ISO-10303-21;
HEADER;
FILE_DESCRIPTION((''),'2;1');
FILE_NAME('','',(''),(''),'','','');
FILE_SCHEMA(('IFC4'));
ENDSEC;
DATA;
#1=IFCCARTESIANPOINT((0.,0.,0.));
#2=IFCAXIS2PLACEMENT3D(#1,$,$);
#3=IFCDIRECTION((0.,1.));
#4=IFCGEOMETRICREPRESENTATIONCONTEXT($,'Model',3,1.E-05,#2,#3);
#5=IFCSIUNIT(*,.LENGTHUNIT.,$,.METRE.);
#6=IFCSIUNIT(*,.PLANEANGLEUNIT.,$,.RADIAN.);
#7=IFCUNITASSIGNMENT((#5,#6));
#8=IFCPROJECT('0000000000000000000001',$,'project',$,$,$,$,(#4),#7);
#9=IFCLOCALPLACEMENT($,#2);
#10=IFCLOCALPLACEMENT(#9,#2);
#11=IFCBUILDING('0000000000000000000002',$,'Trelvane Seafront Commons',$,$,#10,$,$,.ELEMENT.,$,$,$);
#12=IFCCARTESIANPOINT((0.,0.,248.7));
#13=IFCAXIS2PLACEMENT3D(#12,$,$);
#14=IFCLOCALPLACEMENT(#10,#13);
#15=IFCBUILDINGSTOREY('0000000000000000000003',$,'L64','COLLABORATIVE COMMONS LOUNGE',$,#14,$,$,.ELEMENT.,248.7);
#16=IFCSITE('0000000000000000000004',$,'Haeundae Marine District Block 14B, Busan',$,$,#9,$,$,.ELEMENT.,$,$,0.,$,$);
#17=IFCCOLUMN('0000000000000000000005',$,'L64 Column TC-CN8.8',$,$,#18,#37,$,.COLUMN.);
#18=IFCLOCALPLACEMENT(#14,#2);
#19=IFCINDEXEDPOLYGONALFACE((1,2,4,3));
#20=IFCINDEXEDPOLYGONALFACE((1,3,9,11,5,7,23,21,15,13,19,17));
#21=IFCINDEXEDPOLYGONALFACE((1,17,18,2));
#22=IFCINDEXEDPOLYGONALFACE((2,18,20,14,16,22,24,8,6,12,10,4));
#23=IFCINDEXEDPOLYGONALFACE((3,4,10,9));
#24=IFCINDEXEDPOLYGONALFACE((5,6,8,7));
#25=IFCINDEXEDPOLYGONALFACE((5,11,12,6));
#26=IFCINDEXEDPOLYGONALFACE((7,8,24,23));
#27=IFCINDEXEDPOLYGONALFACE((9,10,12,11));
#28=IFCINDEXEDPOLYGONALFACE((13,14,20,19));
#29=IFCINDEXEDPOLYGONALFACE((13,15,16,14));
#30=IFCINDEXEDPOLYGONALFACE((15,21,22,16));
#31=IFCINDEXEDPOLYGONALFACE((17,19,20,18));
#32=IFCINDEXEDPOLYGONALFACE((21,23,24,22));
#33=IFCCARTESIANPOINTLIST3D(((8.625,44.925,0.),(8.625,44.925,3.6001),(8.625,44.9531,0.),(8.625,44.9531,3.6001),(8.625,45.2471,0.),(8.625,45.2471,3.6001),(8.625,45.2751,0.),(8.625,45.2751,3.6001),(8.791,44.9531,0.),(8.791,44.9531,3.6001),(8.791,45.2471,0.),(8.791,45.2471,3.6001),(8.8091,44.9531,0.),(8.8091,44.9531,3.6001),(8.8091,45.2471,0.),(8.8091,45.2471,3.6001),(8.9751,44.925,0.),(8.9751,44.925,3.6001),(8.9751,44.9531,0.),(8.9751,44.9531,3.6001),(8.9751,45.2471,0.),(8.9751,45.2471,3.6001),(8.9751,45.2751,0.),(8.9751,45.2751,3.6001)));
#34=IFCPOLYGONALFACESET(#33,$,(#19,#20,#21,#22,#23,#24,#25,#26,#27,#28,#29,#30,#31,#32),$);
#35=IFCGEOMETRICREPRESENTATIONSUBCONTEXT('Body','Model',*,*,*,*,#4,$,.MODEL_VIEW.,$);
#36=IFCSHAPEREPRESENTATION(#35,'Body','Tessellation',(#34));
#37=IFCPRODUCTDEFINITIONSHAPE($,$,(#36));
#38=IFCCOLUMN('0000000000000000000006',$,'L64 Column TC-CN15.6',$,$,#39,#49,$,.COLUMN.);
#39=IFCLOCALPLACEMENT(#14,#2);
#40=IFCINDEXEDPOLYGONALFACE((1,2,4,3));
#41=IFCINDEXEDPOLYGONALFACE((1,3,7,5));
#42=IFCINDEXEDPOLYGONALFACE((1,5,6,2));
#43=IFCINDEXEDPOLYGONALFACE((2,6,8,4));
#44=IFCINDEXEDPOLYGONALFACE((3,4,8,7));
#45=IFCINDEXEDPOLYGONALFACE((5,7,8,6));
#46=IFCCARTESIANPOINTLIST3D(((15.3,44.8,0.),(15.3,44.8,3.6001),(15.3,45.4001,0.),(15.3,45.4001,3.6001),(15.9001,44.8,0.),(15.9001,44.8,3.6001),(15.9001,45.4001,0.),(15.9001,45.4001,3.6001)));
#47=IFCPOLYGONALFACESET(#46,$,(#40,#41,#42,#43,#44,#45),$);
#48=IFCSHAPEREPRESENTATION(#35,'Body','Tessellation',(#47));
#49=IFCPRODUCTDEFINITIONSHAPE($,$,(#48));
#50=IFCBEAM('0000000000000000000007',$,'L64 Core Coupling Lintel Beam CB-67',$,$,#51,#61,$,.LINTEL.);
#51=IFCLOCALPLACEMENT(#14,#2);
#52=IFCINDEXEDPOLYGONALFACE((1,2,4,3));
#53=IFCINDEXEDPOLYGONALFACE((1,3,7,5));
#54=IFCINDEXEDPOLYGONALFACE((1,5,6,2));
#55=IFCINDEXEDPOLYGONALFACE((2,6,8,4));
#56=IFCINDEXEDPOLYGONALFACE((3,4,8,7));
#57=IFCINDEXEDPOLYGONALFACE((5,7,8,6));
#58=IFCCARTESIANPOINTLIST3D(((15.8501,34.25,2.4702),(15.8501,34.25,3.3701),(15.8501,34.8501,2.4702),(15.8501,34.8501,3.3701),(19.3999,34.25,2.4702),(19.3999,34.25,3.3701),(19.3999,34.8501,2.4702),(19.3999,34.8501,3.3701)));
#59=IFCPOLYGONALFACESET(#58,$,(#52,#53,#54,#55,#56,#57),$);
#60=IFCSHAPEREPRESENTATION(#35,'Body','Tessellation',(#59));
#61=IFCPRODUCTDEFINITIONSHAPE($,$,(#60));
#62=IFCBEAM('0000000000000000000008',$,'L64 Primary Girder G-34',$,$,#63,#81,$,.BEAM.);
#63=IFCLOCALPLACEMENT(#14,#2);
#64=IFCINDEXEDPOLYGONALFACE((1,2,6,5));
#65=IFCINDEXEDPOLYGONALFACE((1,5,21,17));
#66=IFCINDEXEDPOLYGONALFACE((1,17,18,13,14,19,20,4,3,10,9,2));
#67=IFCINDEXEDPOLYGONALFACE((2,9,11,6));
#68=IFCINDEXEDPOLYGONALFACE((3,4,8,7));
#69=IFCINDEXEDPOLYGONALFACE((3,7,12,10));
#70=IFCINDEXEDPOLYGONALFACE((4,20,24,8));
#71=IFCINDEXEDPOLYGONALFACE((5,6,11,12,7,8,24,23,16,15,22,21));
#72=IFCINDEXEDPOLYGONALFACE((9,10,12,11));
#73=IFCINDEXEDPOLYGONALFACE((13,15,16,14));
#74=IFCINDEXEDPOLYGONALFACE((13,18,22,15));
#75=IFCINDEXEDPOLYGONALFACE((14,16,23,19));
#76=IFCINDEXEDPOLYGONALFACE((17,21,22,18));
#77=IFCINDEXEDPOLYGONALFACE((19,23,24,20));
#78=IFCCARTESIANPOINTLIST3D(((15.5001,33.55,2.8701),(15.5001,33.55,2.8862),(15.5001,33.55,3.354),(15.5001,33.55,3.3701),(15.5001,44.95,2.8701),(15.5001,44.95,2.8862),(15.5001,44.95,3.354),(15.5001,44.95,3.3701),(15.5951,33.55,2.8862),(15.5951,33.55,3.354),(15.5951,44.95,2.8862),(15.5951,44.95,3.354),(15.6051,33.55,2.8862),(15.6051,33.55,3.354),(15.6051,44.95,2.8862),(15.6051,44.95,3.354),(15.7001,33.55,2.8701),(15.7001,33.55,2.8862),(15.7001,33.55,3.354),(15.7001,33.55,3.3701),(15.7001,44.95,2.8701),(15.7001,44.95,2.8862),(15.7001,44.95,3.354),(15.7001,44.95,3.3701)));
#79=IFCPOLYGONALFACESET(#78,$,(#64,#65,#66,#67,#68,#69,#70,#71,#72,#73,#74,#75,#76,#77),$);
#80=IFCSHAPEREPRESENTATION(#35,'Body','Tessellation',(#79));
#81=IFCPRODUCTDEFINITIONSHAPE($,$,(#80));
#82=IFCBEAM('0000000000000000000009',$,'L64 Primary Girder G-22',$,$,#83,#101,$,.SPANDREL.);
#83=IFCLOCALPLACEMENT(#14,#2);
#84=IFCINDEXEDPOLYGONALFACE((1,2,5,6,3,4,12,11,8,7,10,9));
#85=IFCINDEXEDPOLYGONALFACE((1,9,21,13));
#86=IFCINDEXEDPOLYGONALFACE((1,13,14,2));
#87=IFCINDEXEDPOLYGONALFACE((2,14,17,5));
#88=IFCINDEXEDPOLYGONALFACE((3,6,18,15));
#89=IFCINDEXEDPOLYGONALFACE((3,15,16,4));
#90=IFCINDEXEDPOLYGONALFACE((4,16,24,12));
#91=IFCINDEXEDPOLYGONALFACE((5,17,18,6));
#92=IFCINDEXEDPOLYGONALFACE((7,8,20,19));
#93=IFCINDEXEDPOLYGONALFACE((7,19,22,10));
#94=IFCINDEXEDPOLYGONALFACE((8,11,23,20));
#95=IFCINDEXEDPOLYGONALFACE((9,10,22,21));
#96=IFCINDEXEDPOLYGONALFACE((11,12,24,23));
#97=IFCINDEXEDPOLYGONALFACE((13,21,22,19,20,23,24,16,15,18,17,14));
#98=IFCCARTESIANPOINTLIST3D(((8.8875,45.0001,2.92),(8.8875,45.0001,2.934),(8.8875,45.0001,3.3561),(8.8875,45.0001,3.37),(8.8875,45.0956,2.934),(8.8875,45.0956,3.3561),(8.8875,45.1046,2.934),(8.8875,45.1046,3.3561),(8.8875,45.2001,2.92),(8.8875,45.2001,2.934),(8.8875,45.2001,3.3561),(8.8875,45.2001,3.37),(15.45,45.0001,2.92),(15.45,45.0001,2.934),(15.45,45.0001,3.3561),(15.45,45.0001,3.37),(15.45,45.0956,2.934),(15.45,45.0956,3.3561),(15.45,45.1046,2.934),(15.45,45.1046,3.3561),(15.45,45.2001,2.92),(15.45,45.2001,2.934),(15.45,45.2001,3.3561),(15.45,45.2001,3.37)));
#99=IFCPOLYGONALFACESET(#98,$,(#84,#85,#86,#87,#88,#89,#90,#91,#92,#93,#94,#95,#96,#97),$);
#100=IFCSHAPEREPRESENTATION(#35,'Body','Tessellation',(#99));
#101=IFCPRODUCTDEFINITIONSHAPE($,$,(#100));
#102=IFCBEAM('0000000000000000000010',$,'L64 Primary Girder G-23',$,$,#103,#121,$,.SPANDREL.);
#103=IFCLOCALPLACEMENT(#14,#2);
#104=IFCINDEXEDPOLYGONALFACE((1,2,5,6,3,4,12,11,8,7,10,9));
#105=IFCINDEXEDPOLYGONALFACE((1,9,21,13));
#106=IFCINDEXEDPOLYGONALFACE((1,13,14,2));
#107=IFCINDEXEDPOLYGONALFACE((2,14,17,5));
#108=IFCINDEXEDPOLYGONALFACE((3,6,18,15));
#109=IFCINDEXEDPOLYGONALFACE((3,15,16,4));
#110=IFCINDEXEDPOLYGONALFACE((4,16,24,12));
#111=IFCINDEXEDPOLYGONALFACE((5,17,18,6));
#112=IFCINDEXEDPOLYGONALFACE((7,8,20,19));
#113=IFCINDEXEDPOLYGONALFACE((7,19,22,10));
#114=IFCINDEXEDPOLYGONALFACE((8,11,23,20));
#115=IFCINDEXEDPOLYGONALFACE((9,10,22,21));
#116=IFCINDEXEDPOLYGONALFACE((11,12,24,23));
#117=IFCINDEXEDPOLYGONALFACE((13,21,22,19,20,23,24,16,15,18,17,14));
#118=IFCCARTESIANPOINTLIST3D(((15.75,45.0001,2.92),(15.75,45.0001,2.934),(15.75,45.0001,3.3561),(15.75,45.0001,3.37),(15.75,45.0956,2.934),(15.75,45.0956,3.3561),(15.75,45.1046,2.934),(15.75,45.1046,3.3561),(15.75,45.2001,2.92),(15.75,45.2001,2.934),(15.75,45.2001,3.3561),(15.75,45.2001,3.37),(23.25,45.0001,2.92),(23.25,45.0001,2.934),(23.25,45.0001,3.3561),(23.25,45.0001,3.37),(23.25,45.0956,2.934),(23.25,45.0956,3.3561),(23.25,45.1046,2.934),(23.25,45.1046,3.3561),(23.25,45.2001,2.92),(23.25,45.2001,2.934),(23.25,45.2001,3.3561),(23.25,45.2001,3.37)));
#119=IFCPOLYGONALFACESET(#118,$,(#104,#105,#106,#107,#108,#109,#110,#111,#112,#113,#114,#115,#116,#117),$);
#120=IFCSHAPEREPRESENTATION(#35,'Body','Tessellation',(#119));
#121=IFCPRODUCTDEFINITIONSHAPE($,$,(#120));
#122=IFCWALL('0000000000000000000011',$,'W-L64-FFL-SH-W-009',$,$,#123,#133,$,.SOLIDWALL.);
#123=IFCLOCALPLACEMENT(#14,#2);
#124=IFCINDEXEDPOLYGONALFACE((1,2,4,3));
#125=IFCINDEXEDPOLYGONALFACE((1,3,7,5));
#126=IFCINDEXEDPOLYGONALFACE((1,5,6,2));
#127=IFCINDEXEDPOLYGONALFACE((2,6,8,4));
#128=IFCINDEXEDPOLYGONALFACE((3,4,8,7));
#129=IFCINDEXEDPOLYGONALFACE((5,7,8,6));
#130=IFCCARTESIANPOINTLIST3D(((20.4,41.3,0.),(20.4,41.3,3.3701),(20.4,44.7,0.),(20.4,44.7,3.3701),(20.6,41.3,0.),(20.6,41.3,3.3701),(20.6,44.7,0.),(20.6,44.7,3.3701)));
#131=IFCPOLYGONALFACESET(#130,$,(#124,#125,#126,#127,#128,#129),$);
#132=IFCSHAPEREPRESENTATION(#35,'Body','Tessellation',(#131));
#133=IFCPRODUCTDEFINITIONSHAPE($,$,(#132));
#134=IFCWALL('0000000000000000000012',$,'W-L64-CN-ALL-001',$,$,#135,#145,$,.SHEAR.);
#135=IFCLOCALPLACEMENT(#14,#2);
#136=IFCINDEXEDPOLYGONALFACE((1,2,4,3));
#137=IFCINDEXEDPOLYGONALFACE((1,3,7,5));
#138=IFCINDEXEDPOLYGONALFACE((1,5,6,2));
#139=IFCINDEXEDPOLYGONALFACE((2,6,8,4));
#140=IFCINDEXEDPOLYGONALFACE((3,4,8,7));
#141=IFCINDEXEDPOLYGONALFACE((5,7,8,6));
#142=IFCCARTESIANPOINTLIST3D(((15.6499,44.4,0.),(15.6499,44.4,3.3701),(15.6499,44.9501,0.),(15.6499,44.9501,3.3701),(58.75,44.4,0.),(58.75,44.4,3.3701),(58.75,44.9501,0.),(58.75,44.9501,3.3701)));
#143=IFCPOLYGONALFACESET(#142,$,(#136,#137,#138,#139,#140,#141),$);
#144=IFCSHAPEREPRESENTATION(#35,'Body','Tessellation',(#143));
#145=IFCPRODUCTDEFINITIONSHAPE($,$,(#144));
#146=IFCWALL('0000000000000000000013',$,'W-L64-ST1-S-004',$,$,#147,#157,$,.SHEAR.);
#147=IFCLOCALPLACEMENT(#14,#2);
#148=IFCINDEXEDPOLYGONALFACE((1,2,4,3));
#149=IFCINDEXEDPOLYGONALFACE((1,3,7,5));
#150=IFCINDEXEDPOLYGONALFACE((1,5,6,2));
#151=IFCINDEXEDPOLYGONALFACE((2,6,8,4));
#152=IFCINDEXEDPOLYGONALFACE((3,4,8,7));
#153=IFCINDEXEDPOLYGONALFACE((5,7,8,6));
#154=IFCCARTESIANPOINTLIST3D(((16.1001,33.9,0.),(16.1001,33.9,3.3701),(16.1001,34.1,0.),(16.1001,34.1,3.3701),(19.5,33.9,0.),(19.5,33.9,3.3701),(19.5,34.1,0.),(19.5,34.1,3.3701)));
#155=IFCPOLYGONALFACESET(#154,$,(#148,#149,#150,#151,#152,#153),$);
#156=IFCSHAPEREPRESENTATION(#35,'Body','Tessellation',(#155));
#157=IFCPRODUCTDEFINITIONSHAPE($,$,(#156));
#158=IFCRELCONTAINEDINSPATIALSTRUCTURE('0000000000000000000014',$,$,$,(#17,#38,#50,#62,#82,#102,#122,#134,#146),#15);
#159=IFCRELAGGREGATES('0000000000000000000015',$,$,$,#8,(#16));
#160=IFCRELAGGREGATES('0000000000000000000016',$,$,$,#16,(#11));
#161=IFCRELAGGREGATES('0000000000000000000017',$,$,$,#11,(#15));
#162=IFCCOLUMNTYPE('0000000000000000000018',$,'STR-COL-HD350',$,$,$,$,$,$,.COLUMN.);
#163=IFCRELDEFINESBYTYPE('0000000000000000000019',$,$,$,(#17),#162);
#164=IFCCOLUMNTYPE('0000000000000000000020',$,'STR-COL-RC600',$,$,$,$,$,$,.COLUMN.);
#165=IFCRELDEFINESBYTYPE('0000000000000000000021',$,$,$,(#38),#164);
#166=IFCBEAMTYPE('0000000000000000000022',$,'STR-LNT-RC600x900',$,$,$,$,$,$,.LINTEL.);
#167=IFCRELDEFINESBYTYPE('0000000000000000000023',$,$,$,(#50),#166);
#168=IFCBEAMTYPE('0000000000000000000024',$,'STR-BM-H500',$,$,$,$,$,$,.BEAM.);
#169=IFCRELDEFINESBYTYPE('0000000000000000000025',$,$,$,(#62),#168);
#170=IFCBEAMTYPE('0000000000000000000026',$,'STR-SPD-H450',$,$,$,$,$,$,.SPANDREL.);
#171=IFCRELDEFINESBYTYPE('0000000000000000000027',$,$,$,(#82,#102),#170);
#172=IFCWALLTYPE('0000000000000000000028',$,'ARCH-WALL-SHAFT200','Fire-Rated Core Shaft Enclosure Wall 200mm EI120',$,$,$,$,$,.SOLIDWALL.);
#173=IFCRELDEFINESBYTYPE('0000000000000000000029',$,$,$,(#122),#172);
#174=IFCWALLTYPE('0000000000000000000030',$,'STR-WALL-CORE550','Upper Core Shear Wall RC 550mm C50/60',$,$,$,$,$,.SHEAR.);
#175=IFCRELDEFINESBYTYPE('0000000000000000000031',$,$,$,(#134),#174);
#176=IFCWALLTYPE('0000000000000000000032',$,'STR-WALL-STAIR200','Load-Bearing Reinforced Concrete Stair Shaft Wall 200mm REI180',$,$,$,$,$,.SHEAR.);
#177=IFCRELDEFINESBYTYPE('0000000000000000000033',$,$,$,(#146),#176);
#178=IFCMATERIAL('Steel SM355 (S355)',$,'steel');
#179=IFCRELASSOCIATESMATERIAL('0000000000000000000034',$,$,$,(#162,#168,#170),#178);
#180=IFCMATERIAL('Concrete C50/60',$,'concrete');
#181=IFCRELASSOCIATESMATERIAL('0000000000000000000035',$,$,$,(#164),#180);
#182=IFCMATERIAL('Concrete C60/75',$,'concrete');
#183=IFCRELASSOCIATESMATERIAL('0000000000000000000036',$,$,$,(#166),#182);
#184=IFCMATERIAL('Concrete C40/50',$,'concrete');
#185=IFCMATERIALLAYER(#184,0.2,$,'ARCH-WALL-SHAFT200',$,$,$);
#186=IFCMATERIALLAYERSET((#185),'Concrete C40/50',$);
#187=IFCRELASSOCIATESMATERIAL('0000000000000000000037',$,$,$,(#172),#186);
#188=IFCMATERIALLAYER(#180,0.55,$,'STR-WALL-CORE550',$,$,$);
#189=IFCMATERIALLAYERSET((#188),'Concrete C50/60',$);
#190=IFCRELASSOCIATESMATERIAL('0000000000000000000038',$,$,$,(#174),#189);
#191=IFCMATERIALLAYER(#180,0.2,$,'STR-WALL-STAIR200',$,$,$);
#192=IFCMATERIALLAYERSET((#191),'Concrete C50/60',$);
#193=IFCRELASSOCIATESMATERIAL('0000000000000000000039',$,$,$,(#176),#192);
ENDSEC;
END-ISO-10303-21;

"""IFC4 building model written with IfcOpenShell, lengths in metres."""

from ifc_helpers import new_model, si_unit, direction, frame, frame_2d, origin, origin_2d, place, context, subcontext, project, spatial, rectangle, i_section, extrude, source, transform, mapped, material, layer, layer_set, material_profile, profile_set, type_object, element, save


model = new_model("IFC4")

# Units and contexts
model_context = context("Model", 3, precision=1e-05, world=origin(), true_north=direction((0.0, 1.0)))
body_context = subcontext(model_context, "Body", "Model", "MODEL_VIEW")
ifc_project = project(units=[si_unit("LENGTHUNIT", "METRE"), si_unit("PLANEANGLEUNIT", "RADIAN")], contexts=[model_context])

# Site, building, storey
site_placement = place(None, origin())
site = spatial("IfcSite", under=ifc_project, at=site_placement, Name="Haeundae Marine District Block 14B, Busan", CompositionType="ELEMENT", RefElevation=0.0)
building_placement = place(site_placement, origin())
building = spatial("IfcBuilding", under=site, at=building_placement, Name="Trelvane Seafront Commons", CompositionType="ELEMENT")
storey_placement = place(building_placement, frame((0.0, 0.0, 248.7)))
storey = spatial("IfcBuildingStorey", under=building, at=storey_placement, Name="L64", Description="COLLABORATIVE COMMONS LOUNGE", CompositionType="ELEMENT", Elevation=248.7)

# Columns
ifc_material_1 = material(Name="Steel SM355 (S355)", Category="steel")
ifc_material_profile_1 = material_profile(ifc_material_1, i_section(OverallWidth=0.3501, OverallDepth=0.3501, WebThickness=0.0181, FlangeThickness=0.0281, at=origin_2d()), Name="HD-350x350x18x28")
ifc_profile_set_1 = profile_set([ifc_material_profile_1], Name="Steel SM355 (S355)")
column_type_1 = type_object("IfcColumnType", Name="STR-COL-HD350", PredefinedType="COLUMN", material=ifc_profile_set_1)
shared_shape_1 = source(origin(), body_context, "Body", "SweptSolid", [
    extrude(i_section(OverallWidth=0.3501, OverallDepth=0.3501, WebThickness=0.0181, FlangeThickness=0.0281, at=origin_2d()), origin(), (0.0, 0.0, 1.0), 3.6001),
])
column_1_placement = place(storey_placement, frame((8.8, 45.1001, 0.0), z_axis=(0.0, 0.0, 1.0), x_axis=(1.0, 0.0, 0.0)))
element("IfcColumn", 1, at=column_1_placement, inside=storey, type_object=column_type_1, Name="L64 Column TC-CN8.8", PredefinedType="COLUMN", context=body_context, shape_type="MappedRepresentation", body=[
    mapped(shared_shape_1, transform((0.0, 0.0, 0.0), x_axis=(1.0, 0.0, 0.0), y_axis=(0.0, 1.0, 0.0), z_axis=(0.0, 0.0, 1.0), scale=1.0)),
])
ifc_material_2 = material(Name="Concrete C50/60", Category="concrete")
ifc_material_profile_2 = material_profile(ifc_material_2, rectangle(XDim=0.6001, YDim=0.6001, at=origin_2d()), Name="RC-600x600")
ifc_profile_set_2 = profile_set([ifc_material_profile_2], Name="Concrete C50/60")
column_type_2 = type_object("IfcColumnType", Name="STR-COL-RC600", PredefinedType="COLUMN", material=ifc_profile_set_2)
shared_shape_2 = source(origin(), body_context, "Body", "SweptSolid", [
    extrude(rectangle(XDim=0.6001, YDim=0.6001, at=origin_2d()), origin(), (0.0, 0.0, 1.0), 3.6001),
])
column_2_placement = place(storey_placement, frame((15.6001, 45.1001, 0.0), z_axis=(0.0, 0.0, 1.0), x_axis=(1.0, 0.0, 0.0)))
element("IfcColumn", 2, at=column_2_placement, inside=storey, type_object=column_type_2, Name="L64 Column TC-CN15.6", PredefinedType="COLUMN", context=body_context, shape_type="MappedRepresentation", body=[
    mapped(shared_shape_2, transform((0.0, 0.0, 0.0), x_axis=(1.0, 0.0, 0.0), y_axis=(0.0, 1.0, 0.0), z_axis=(0.0, 0.0, 1.0), scale=1.0)),
])

# Beams
ifc_material_3 = material(Name="Concrete C60/75", Category="concrete")
ifc_material_profile_3 = material_profile(ifc_material_3, rectangle(XDim=0.6001, YDim=0.8999, at=origin_2d()), Name="RC-600x900")
ifc_profile_set_3 = profile_set([ifc_material_profile_3], Name="Concrete C60/75")
beam_type_1 = type_object("IfcBeamType", Name="STR-LNT-RC600x900", PredefinedType="LINTEL", material=ifc_profile_set_3)
shared_shape_3 = source(origin(), body_context, "Body", "SweptSolid", [
    extrude(rectangle(XDim=0.6001, YDim=0.8999, at=origin_2d()), origin(), (0.0, 0.0, 1.0), 3.5498),
])
beam_1_placement = place(storey_placement, frame((15.8501, 34.55, 2.9202), z_axis=(1.0, 0.0, 0.0), x_axis=(0.0, 1.0, 0.0)))
element("IfcBeam", 3, at=beam_1_placement, inside=storey, type_object=beam_type_1, Name="L64 Core Coupling Lintel Beam CB-67", PredefinedType="LINTEL", context=body_context, shape_type="MappedRepresentation", body=[
    mapped(shared_shape_3, transform((0.0, 0.0, 0.0), x_axis=(1.0, 0.0, 0.0), y_axis=(0.0, 1.0, 0.0), z_axis=(0.0, 0.0, 1.0), scale=1.0)),
])
ifc_material_profile_4 = material_profile(ifc_material_1, i_section(OverallWidth=0.2, OverallDepth=0.5, WebThickness=0.01, FlangeThickness=0.0161, at=origin_2d()), Name="H-500x200x10x16")
ifc_profile_set_4 = profile_set([ifc_material_profile_4], Name="Steel SM355 (S355)")
beam_type_2 = type_object("IfcBeamType", Name="STR-BM-H500", PredefinedType="BEAM", material=ifc_profile_set_4)
shared_shape_4 = source(origin(), body_context, "Body", "SweptSolid", [
    extrude(i_section(OverallWidth=0.2, OverallDepth=0.5, WebThickness=0.01, FlangeThickness=0.0161, at=origin_2d()), origin(), (0.0, 0.0, 1.0), 11.3999),
])
beam_2_placement = place(storey_placement, frame((15.6001, 33.55, 3.1201), z_axis=(0.0, 1.0, 0.0), x_axis=(-1.0, 0.0, 0.0)))
element("IfcBeam", 4, at=beam_2_placement, inside=storey, type_object=beam_type_2, Name="L64 Primary Girder G-34", PredefinedType="BEAM", context=body_context, shape_type="MappedRepresentation", body=[
    mapped(shared_shape_4, transform((0.0, 0.0, 0.0), x_axis=(1.0, 0.0, 0.0), y_axis=(0.0, 1.0, 0.0), z_axis=(0.0, 0.0, 1.0), scale=1.0)),
])
ifc_material_profile_5 = material_profile(ifc_material_1, i_section(OverallWidth=0.2, OverallDepth=0.45, WebThickness=0.009, FlangeThickness=0.0139, at=origin_2d()), Name="H-450x200x9x14")
ifc_profile_set_5 = profile_set([ifc_material_profile_5], Name="Steel SM355 (S355)")
beam_type_3 = type_object("IfcBeamType", Name="STR-SPD-H450", PredefinedType="SPANDREL", material=ifc_profile_set_5)
shared_shape_5 = source(origin(), body_context, "Body", "SweptSolid", [
    extrude(i_section(OverallWidth=0.2, OverallDepth=0.45, WebThickness=0.009, FlangeThickness=0.0139, at=origin_2d()), origin(), (0.0, 0.0, 1.0), 6.5625),
])
beam_3_placement = place(storey_placement, frame((8.8875, 45.1001, 3.145), z_axis=(1.0, 0.0, 0.0), x_axis=(0.0, 1.0, 0.0)))
element("IfcBeam", 5, at=beam_3_placement, inside=storey, type_object=beam_type_3, Name="L64 Primary Girder G-22", PredefinedType="SPANDREL", context=body_context, shape_type="MappedRepresentation", body=[
    mapped(shared_shape_5, transform((0.0, 0.0, 0.0), x_axis=(1.0, 0.0, 0.0), y_axis=(0.0, 1.0, 0.0), z_axis=(0.0, 0.0, 1.0), scale=1.0)),
])
shared_shape_6 = source(origin(), body_context, "Body", "SweptSolid", [
    extrude(i_section(OverallWidth=0.2, OverallDepth=0.45, WebThickness=0.009, FlangeThickness=0.0139, at=origin_2d()), origin(), (0.0, 0.0, 1.0), 7.5),
])
beam_4_placement = place(storey_placement, frame((15.75, 45.1001, 3.145), z_axis=(1.0, 0.0, 0.0), x_axis=(0.0, 1.0, 0.0)))
element("IfcBeam", 6, at=beam_4_placement, inside=storey, type_object=beam_type_3, Name="L64 Primary Girder G-23", PredefinedType="SPANDREL", context=body_context, shape_type="MappedRepresentation", body=[
    mapped(shared_shape_6, transform((0.0, 0.0, 0.0), x_axis=(1.0, 0.0, 0.0), y_axis=(0.0, 1.0, 0.0), z_axis=(0.0, 0.0, 1.0), scale=1.0)),
])

# Shared definitions
ifc_material_4 = material(Name="Concrete C40/50", Category="concrete")
ifc_layer_1 = layer(ifc_material_4, 0.2, Name="ARCH-WALL-SHAFT200")
ifc_layer_set_1 = layer_set([ifc_layer_1], Name="Concrete C40/50")
wall_type_1 = type_object("IfcWallType", Name="ARCH-WALL-SHAFT200", Description="Fire-Rated Core Shaft Enclosure Wall 200mm EI120", PredefinedType="SOLIDWALL", material=ifc_layer_set_1)

# Walls
wall_1_placement = place(storey_placement, frame((20.5, 41.3, 0.0), z_axis=(0.0, 0.0, 1.0), x_axis=(0.0, 1.0, 0.0)))
element("IfcWall", 7, at=wall_1_placement, inside=storey, type_object=wall_type_1, Name="W-L64-FFL-SH-W-009", PredefinedType="SOLIDWALL", context=body_context, shape_type="SweptSolid", body=[
    extrude(rectangle(XDim=3.3999, YDim=0.2, at=frame_2d((1.7, 0.0))), origin(), (0.0, 0.0, 1.0), 3.3701),
])
ifc_layer_2 = layer(ifc_material_2, 0.55, Name="STR-WALL-CORE550")
ifc_layer_set_2 = layer_set([ifc_layer_2], Name="Concrete C50/60")
wall_type_2 = type_object("IfcWallType", Name="STR-WALL-CORE550", Description="Upper Core Shear Wall RC 550mm C50/60", PredefinedType="SHEAR", material=ifc_layer_set_2)
wall_2_placement = place(storey_placement, frame((15.6499, 44.675, 0.0), z_axis=(0.0, 0.0, 1.0), x_axis=(1.0, 0.0, 0.0)))
element("IfcWall", 8, at=wall_2_placement, inside=storey, type_object=wall_type_2, Name="W-L64-CN-ALL-001", PredefinedType="SHEAR", context=body_context, shape_type="SweptSolid", body=[
    extrude(rectangle(XDim=43.1001, YDim=0.55, at=frame_2d((21.55, 0.0))), origin(), (0.0, 0.0, 1.0), 3.3701),
])
ifc_layer_3 = layer(ifc_material_2, 0.2, Name="STR-WALL-STAIR200")
ifc_layer_set_3 = layer_set([ifc_layer_3], Name="Concrete C50/60")
wall_type_3 = type_object("IfcWallType", Name="STR-WALL-STAIR200", Description="Load-Bearing Reinforced Concrete Stair Shaft Wall 200mm REI180", PredefinedType="SHEAR", material=ifc_layer_set_3)
wall_3_placement = place(storey_placement, frame((16.1001, 34.0, 0.0), z_axis=(0.0, 0.0, 1.0), x_axis=(1.0, 0.0, 0.0)))
element("IfcWall", 9, at=wall_3_placement, inside=storey, type_object=wall_type_3, Name="W-L64-ST1-S-004", PredefinedType="SHEAR", context=body_context, shape_type="SweptSolid", body=[
    extrude(rectangle(XDim=3.3999, YDim=0.2, at=frame_2d((1.7, 0.0))), origin(), (0.0, 0.0, 1.0), 3.3701),
])

save(model, "model.ifc")
